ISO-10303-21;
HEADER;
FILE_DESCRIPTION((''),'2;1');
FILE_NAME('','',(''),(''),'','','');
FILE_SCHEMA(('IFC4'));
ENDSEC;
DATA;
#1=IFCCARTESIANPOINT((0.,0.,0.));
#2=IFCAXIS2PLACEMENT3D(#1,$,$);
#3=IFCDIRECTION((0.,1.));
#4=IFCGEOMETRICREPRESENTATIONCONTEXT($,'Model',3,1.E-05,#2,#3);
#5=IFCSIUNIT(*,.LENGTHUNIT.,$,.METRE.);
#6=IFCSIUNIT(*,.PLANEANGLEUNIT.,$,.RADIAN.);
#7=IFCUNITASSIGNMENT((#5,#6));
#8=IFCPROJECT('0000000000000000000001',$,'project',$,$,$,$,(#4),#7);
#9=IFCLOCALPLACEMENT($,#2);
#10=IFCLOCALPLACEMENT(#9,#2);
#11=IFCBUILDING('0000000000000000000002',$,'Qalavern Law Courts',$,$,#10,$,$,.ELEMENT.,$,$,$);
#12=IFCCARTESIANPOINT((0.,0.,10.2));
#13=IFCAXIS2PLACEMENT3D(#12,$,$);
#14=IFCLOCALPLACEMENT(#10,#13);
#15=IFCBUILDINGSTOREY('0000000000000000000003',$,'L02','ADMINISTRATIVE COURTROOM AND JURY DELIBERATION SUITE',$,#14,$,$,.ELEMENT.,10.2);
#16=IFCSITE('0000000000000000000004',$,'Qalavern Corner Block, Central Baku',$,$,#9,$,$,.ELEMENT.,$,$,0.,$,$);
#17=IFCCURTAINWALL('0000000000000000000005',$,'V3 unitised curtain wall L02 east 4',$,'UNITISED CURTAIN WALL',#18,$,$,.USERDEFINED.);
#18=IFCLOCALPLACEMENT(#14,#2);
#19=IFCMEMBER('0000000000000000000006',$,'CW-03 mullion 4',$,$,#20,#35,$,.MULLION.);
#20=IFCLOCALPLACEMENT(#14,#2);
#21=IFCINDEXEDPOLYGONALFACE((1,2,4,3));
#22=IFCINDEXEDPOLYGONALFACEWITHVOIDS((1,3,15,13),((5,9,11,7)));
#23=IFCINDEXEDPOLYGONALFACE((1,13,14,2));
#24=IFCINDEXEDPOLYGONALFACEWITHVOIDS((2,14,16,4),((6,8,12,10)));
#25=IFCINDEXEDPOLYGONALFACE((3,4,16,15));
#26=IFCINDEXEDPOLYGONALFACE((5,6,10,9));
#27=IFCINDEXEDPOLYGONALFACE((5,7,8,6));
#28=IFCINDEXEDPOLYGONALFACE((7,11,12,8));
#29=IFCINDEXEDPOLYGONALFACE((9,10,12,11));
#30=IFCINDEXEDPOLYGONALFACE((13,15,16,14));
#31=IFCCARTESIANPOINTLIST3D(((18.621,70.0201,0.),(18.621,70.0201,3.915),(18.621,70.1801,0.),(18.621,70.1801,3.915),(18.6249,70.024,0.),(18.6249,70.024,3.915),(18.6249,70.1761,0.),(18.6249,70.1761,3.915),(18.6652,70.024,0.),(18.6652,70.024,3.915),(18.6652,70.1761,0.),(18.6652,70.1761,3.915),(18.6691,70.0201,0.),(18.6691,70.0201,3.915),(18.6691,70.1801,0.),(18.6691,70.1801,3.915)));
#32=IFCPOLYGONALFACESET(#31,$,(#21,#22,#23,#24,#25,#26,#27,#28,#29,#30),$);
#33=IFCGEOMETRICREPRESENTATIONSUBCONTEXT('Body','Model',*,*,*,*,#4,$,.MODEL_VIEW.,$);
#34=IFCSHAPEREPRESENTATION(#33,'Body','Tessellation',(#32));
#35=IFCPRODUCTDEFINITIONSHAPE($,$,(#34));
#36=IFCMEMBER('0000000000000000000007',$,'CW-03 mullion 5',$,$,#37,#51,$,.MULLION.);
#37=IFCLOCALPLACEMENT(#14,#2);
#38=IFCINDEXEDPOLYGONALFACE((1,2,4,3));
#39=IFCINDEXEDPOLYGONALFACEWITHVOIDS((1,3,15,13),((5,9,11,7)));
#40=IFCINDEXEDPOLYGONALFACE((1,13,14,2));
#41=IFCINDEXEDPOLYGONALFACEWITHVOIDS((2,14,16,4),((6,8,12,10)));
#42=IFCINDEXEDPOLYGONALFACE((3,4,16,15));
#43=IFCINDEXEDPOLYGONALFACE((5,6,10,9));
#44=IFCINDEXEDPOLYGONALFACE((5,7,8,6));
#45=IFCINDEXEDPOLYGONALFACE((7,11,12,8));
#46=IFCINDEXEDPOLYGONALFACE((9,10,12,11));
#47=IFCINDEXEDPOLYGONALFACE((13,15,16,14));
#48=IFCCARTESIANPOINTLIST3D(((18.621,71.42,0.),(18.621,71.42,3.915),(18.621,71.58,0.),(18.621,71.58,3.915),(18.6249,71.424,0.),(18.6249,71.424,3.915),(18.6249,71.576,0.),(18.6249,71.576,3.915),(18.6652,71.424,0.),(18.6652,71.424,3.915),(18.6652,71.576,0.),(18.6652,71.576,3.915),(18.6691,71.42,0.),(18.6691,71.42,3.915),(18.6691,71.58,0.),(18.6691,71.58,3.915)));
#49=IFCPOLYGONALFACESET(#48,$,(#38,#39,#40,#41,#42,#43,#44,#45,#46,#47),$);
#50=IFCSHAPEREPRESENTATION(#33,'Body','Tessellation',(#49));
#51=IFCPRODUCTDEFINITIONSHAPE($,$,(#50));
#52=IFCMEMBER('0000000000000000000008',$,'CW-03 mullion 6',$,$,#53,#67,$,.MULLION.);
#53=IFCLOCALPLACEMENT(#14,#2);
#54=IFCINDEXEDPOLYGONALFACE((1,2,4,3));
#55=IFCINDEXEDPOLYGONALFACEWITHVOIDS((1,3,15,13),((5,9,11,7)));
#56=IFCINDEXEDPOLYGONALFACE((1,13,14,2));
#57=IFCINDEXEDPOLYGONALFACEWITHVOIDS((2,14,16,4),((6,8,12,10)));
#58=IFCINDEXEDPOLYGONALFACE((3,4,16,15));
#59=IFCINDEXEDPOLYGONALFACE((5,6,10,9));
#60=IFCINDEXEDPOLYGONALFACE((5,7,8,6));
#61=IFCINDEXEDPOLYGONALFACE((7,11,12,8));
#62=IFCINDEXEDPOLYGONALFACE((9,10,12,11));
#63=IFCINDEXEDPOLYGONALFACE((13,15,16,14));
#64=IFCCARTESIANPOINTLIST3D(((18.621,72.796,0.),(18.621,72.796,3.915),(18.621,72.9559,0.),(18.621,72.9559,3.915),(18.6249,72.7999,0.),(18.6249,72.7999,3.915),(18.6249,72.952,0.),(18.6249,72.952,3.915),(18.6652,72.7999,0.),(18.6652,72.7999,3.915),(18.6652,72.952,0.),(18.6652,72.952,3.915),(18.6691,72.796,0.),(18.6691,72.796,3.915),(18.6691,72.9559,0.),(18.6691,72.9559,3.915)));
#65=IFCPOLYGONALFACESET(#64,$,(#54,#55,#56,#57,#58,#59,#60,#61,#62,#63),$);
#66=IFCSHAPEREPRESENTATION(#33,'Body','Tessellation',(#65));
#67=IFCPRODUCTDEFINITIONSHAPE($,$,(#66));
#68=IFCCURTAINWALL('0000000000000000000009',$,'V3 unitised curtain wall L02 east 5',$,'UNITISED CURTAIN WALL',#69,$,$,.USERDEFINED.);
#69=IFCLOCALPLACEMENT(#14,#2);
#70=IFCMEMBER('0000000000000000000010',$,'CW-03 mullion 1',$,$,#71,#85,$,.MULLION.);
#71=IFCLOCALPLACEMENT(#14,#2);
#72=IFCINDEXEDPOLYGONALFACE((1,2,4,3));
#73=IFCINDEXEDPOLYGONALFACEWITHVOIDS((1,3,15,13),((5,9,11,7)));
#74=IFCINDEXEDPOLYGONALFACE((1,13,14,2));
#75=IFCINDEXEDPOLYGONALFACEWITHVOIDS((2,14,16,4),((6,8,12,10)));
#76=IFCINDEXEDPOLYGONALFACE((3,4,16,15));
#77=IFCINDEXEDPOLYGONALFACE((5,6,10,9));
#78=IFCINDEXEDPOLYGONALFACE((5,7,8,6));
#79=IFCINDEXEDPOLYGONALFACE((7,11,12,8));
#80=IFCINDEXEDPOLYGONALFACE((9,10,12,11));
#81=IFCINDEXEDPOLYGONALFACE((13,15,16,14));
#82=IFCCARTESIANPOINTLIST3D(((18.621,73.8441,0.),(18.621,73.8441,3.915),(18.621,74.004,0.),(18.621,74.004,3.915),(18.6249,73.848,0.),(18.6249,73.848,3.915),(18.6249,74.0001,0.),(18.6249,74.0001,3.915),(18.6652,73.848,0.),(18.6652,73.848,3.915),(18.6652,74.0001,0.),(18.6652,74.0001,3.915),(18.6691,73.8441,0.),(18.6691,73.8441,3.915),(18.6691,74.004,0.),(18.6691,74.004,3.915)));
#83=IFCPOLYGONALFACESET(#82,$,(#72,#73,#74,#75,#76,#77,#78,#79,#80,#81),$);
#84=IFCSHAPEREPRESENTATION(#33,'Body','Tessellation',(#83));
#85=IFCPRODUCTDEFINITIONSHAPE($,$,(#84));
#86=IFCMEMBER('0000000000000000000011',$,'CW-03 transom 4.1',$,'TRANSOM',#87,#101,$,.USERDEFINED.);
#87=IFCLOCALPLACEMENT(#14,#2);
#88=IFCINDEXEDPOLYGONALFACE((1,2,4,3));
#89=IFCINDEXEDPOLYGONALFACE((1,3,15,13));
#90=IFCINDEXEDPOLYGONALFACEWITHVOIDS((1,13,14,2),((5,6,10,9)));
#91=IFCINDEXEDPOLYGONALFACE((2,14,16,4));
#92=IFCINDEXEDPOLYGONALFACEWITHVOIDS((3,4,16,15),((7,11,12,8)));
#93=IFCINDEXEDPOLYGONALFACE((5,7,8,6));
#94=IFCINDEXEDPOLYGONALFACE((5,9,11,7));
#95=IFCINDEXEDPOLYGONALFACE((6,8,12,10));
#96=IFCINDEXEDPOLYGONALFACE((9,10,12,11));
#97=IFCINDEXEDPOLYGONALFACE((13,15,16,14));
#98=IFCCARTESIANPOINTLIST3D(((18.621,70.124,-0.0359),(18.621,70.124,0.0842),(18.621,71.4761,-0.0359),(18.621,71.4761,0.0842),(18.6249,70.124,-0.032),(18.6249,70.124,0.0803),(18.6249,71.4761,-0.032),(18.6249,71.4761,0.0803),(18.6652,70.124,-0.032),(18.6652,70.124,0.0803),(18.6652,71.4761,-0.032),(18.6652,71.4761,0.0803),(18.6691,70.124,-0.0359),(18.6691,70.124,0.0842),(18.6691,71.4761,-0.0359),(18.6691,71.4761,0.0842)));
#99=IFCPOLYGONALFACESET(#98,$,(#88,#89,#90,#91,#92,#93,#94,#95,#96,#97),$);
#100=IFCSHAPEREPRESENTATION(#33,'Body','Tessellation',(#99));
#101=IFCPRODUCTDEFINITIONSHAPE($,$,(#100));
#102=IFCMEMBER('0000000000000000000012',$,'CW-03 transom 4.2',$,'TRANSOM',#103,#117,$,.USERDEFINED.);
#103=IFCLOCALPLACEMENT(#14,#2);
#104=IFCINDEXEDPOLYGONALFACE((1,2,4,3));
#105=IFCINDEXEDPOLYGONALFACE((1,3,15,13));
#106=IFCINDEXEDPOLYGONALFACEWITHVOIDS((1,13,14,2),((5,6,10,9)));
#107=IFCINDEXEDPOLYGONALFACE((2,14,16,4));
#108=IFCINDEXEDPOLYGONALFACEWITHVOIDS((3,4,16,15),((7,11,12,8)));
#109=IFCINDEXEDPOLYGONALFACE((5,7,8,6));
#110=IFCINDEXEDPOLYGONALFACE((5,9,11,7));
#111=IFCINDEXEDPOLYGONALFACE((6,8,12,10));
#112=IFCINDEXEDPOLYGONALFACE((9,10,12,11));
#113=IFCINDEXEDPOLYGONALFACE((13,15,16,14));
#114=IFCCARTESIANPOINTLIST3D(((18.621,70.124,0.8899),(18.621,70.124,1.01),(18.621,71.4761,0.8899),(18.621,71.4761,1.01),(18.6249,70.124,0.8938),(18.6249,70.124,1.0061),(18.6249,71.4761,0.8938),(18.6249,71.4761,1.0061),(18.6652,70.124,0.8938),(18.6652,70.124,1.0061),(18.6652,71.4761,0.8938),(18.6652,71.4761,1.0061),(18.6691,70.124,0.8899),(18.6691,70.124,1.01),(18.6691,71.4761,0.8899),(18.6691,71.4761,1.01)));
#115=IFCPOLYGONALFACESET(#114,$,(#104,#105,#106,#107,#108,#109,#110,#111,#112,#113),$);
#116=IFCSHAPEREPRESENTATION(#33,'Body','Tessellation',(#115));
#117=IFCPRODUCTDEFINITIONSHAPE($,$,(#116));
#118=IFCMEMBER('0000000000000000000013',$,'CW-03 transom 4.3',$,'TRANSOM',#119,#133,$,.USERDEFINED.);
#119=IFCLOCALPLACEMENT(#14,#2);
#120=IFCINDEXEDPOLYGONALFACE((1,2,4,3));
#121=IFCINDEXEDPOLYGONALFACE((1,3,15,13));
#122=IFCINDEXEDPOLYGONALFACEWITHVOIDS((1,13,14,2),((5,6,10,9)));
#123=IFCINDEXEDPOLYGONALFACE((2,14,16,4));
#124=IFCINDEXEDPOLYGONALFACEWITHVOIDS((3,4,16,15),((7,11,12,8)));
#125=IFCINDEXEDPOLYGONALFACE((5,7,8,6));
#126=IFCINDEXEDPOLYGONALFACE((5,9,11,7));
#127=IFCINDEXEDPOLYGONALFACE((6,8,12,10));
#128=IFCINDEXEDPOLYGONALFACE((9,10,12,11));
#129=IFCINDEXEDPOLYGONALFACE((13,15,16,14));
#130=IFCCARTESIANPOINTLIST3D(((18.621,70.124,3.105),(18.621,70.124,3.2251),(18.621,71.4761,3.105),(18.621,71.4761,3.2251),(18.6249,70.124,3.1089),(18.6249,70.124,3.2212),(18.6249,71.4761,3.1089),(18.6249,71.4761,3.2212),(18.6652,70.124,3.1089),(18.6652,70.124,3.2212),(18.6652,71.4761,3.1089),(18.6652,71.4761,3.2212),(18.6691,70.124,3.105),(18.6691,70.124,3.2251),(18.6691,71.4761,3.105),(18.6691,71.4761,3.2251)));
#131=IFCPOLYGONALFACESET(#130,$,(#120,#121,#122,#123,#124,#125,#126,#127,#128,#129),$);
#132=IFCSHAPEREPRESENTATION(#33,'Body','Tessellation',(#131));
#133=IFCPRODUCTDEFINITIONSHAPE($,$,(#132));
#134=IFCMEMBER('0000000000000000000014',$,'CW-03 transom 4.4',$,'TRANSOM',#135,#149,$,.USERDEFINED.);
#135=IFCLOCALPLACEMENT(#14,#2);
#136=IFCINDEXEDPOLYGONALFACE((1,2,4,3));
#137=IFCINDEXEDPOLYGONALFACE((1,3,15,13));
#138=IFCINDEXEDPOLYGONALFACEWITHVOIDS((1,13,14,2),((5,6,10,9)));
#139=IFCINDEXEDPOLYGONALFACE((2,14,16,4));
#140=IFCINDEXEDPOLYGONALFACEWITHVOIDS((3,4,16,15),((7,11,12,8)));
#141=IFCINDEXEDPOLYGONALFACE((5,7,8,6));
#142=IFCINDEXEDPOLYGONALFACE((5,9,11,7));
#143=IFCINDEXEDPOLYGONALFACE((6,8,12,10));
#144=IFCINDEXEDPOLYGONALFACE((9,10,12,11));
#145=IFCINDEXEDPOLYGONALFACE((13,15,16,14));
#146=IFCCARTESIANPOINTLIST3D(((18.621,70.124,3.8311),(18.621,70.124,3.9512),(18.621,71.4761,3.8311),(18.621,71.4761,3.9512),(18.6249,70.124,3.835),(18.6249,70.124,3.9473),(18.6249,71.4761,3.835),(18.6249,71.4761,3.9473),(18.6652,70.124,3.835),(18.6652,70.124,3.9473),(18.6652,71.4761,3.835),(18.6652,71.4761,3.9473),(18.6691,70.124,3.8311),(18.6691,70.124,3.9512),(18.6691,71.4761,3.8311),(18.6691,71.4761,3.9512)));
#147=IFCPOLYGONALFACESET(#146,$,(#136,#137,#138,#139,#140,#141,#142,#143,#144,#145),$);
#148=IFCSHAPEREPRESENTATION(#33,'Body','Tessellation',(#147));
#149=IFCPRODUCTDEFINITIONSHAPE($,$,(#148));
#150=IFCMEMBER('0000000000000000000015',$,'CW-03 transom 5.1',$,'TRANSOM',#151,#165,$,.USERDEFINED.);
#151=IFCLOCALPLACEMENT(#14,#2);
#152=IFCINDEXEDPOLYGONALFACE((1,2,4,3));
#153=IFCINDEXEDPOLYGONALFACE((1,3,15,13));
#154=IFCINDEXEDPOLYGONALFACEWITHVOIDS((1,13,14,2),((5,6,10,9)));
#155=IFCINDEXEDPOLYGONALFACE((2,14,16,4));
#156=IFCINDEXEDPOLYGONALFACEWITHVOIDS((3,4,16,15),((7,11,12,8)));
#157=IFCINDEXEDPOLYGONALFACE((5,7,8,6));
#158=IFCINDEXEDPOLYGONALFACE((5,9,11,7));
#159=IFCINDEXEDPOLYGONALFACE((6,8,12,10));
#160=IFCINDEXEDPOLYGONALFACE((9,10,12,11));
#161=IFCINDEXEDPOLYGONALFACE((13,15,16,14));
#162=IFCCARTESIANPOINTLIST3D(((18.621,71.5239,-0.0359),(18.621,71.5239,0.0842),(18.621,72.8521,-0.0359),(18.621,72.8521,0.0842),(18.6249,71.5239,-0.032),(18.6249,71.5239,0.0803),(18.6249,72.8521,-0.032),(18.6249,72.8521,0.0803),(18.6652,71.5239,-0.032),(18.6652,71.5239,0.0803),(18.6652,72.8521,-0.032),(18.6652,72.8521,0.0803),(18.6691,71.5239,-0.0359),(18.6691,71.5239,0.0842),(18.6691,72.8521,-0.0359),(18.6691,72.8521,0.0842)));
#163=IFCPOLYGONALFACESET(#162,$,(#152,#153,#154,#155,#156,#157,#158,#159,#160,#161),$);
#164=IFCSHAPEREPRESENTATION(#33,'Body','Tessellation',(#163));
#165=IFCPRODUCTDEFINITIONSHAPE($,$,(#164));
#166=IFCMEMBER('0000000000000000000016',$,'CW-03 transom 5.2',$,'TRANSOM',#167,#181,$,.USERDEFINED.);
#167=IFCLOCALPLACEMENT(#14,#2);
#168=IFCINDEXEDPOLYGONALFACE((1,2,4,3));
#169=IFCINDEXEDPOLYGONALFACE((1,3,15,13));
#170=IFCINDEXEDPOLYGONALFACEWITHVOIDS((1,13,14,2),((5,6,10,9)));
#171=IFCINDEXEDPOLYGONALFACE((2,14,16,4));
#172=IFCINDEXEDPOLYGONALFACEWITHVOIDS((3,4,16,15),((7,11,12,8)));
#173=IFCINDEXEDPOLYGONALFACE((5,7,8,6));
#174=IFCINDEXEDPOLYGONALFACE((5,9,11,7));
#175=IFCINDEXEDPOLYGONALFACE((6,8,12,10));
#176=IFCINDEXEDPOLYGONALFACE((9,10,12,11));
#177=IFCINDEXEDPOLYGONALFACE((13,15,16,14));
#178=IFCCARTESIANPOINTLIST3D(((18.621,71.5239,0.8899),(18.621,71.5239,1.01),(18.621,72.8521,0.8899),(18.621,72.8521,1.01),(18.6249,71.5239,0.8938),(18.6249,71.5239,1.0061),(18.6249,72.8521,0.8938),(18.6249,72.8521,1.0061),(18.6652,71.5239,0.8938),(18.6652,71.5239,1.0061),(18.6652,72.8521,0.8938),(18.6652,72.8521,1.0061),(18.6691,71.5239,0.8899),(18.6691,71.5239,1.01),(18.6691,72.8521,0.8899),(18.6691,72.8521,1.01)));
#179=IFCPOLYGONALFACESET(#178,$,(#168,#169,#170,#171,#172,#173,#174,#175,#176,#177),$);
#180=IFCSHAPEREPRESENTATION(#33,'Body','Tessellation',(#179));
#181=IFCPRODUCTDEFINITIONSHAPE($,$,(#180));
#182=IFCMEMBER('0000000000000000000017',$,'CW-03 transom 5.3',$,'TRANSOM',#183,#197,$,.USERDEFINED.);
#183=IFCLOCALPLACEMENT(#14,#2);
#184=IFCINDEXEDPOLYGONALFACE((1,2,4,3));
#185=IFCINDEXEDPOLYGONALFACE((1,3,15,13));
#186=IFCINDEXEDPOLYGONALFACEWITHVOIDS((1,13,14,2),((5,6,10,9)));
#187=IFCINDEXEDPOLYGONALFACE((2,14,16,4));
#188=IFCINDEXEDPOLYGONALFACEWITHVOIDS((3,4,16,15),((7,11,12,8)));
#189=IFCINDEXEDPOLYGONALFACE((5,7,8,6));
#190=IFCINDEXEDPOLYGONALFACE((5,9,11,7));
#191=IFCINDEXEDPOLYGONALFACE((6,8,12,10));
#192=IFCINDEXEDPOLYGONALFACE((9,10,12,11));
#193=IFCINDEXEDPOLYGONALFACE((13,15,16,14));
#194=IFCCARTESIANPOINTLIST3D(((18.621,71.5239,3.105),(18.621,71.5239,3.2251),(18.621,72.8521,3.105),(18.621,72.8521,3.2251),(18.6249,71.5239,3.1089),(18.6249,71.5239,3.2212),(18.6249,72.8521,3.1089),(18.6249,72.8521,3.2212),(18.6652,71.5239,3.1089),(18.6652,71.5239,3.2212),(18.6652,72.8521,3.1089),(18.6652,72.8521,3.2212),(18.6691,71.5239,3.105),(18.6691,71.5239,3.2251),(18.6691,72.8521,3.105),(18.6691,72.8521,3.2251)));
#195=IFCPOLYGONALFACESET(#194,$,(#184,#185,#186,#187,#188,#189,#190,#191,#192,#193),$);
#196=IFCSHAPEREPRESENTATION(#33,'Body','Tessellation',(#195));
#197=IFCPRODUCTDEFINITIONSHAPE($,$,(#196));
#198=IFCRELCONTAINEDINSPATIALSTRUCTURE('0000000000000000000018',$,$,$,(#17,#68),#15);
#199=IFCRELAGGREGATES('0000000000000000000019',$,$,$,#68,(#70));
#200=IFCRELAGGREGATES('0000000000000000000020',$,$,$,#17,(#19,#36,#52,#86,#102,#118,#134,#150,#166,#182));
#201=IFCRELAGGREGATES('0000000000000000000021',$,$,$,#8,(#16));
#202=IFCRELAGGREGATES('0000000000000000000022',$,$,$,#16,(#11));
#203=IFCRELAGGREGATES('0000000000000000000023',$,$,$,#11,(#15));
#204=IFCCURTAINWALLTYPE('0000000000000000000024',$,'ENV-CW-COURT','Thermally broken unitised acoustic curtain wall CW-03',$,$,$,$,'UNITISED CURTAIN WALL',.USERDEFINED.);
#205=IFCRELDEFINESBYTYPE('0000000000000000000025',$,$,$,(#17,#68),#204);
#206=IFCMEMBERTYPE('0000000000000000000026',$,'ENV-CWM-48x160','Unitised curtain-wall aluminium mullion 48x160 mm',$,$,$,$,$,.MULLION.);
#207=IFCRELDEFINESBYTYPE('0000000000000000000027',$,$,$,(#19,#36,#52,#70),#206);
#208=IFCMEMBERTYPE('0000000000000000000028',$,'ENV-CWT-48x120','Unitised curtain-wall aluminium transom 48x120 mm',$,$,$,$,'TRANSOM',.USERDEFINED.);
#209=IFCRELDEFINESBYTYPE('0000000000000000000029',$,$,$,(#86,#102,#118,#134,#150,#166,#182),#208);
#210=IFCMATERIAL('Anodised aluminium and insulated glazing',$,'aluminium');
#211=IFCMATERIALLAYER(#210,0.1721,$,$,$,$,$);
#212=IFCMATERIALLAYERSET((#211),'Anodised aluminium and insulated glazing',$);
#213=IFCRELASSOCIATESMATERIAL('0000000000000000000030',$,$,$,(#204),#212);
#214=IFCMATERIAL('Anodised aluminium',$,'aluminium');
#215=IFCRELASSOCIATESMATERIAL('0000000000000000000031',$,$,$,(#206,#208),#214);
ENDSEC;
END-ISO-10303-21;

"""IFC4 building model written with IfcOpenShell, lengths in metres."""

from ifc_helpers import new_model, si_unit, direction, frame, origin, origin_2d, place, context, subcontext, project, spatial, hollow_rectangle, extrude, material, layer, layer_set, material_profile, profile_set, type_object, element, aggregate, save


model = new_model("IFC4")

# Units and contexts
model_context = context("Model", 3, precision=1e-05, world=origin(), true_north=direction((0.0, 1.0)))
body_context = subcontext(model_context, "Body", "Model", "MODEL_VIEW")
ifc_project = project(units=[si_unit("LENGTHUNIT", "METRE"), si_unit("PLANEANGLEUNIT", "RADIAN")], contexts=[model_context])

# Site, building, storey
site_placement = place(None, origin())
site = spatial("IfcSite", under=ifc_project, at=site_placement, Name="Qalavern Corner Block, Central Baku", CompositionType="ELEMENT", RefElevation=0.0)
building_placement = place(site_placement, origin())
building = spatial("IfcBuilding", under=site, at=building_placement, Name="Qalavern Law Courts", CompositionType="ELEMENT")
storey_placement = place(building_placement, frame((0.0, 0.0, 10.2)))
storey = spatial("IfcBuildingStorey", under=building, at=storey_placement, Name="L02", Description="ADMINISTRATIVE COURTROOM AND JURY DELIBERATION SUITE", CompositionType="ELEMENT", Elevation=10.2)

# Curtain wall, members
ifc_material_1 = material(Name="Anodised aluminium and insulated glazing", Category="aluminium")
ifc_layer_1 = layer(ifc_material_1, 0.1721)
ifc_layer_set_1 = layer_set([ifc_layer_1], Name="Anodised aluminium and insulated glazing")
curtain_wall_type = type_object("IfcCurtainWallType", Name="ENV-CW-COURT", Description="Thermally broken unitised acoustic curtain wall CW-03", ElementType="UNITISED CURTAIN WALL", PredefinedType="USERDEFINED", material=ifc_layer_set_1)
curtain_wall_1_placement = place(storey_placement, origin())
curtain_wall_1 = element("IfcCurtainWall", 1, at=curtain_wall_1_placement, inside=storey, type_object=curtain_wall_type, Name="V3 unitised curtain wall L02 east 4", ObjectType="UNITISED CURTAIN WALL", PredefinedType="USERDEFINED")
ifc_material_2 = material(Name="Anodised aluminium", Category="aluminium")
ifc_material_profile_1 = material_profile(ifc_material_2, hollow_rectangle(XDim=0.0481, YDim=0.1599, WallThickness=0.0039, at=origin_2d()), Name="ALU MULLION 48x160")
ifc_profile_set_1 = profile_set([ifc_material_profile_1], Name="Anodised aluminium")
member_type_1 = type_object("IfcMemberType", Name="ENV-CWM-48x160", Description="Unitised curtain-wall aluminium mullion 48x160 mm", PredefinedType="MULLION", material=ifc_profile_set_1)
member_1_placement = place(storey_placement, frame((18.645, 70.1001, 0.0), z_axis=(0.0, 0.0, 1.0), x_axis=(-1.0, 0.0, 0.0)))
member_1 = element("IfcMember", 2, at=member_1_placement, type_object=member_type_1, Name="CW-03 mullion 4", PredefinedType="MULLION", context=body_context, shape_type="SweptSolid", body=[
    extrude(hollow_rectangle(XDim=0.0481, YDim=0.1599, WallThickness=0.0039, at=origin_2d()), origin(), (0.0, 0.0, 1.0), 3.915),
])
member_2_placement = place(storey_placement, frame((18.645, 71.5, 0.0), z_axis=(0.0, 0.0, 1.0), x_axis=(-1.0, 0.0, 0.0)))
member_2 = element("IfcMember", 3, at=member_2_placement, type_object=member_type_1, Name="CW-03 mullion 5", PredefinedType="MULLION", context=body_context, shape_type="SweptSolid", body=[
    extrude(hollow_rectangle(XDim=0.0481, YDim=0.1599, WallThickness=0.0039, at=origin_2d()), origin(), (0.0, 0.0, 1.0), 3.915),
])
member_3_placement = place(storey_placement, frame((18.645, 72.876, 0.0), z_axis=(0.0, 0.0, 1.0), x_axis=(-1.0, 0.0, 0.0)))
member_3 = element("IfcMember", 4, at=member_3_placement, type_object=member_type_1, Name="CW-03 mullion 6", PredefinedType="MULLION", context=body_context, shape_type="SweptSolid", body=[
    extrude(hollow_rectangle(XDim=0.0481, YDim=0.1599, WallThickness=0.0039, at=origin_2d()), origin(), (0.0, 0.0, 1.0), 3.915),
])

# Curtain wall, member
curtain_wall_2_placement = place(storey_placement, origin())
curtain_wall_2 = element("IfcCurtainWall", 5, at=curtain_wall_2_placement, inside=storey, type_object=curtain_wall_type, Name="V3 unitised curtain wall L02 east 5", ObjectType="UNITISED CURTAIN WALL", PredefinedType="USERDEFINED")
member_4_placement = place(storey_placement, frame((18.645, 73.9241, 0.0), z_axis=(0.0, 0.0, 1.0), x_axis=(-1.0, 0.0, 0.0)))
member_4 = element("IfcMember", 6, at=member_4_placement, type_object=member_type_1, Name="CW-03 mullion 1", PredefinedType="MULLION", context=body_context, shape_type="SweptSolid", body=[
    extrude(hollow_rectangle(XDim=0.0481, YDim=0.1599, WallThickness=0.0039, at=origin_2d()), origin(), (0.0, 0.0, 1.0), 3.915),
])

# Members
ifc_material_profile_2 = material_profile(ifc_material_2, hollow_rectangle(XDim=0.0481, YDim=0.1201, WallThickness=0.0039, at=origin_2d()), Name="ALU TRANSOM 48x120")
ifc_profile_set_2 = profile_set([ifc_material_profile_2], Name="Anodised aluminium")
member_type_2 = type_object("IfcMemberType", Name="ENV-CWT-48x120", Description="Unitised curtain-wall aluminium transom 48x120 mm", ElementType="TRANSOM", PredefinedType="USERDEFINED", material=ifc_profile_set_2)
member_5_placement = place(storey_placement, frame((18.645, 70.124, 0.0242), z_axis=(0.0, 1.0, 0.0), x_axis=(-1.0, 0.0, 0.0)))
member_5 = element("IfcMember", 7, at=member_5_placement, type_object=member_type_2, Name="CW-03 transom 4.1", ObjectType="TRANSOM", PredefinedType="USERDEFINED", context=body_context, shape_type="SweptSolid", body=[
    extrude(hollow_rectangle(XDim=0.0481, YDim=0.1201, WallThickness=0.0039, at=origin_2d()), origin(), (0.0, 0.0, 1.0), 1.3521),
])
member_6_placement = place(storey_placement, frame((18.645, 70.124, 0.95), z_axis=(0.0, 1.0, 0.0), x_axis=(-1.0, 0.0, 0.0)))
member_6 = element("IfcMember", 8, at=member_6_placement, type_object=member_type_2, Name="CW-03 transom 4.2", ObjectType="TRANSOM", PredefinedType="USERDEFINED", context=body_context, shape_type="SweptSolid", body=[
    extrude(hollow_rectangle(XDim=0.0481, YDim=0.1201, WallThickness=0.0039, at=origin_2d()), origin(), (0.0, 0.0, 1.0), 1.3521),
])
member_7_placement = place(storey_placement, frame((18.645, 70.124, 3.165), z_axis=(0.0, 1.0, 0.0), x_axis=(-1.0, 0.0, 0.0)))
member_7 = element("IfcMember", 9, at=member_7_placement, type_object=member_type_2, Name="CW-03 transom 4.3", ObjectType="TRANSOM", PredefinedType="USERDEFINED", context=body_context, shape_type="SweptSolid", body=[
    extrude(hollow_rectangle(XDim=0.0481, YDim=0.1201, WallThickness=0.0039, at=origin_2d()), origin(), (0.0, 0.0, 1.0), 1.3521),
])
member_8_placement = place(storey_placement, frame((18.645, 70.124, 3.8911), z_axis=(0.0, 1.0, 0.0), x_axis=(-1.0, 0.0, 0.0)))
member_8 = element("IfcMember", 10, at=member_8_placement, type_object=member_type_2, Name="CW-03 transom 4.4", ObjectType="TRANSOM", PredefinedType="USERDEFINED", context=body_context, shape_type="SweptSolid", body=[
    extrude(hollow_rectangle(XDim=0.0481, YDim=0.1201, WallThickness=0.0039, at=origin_2d()), origin(), (0.0, 0.0, 1.0), 1.3521),
])
member_9_placement = place(storey_placement, frame((18.645, 71.5239, 0.0242), z_axis=(0.0, 1.0, 0.0), x_axis=(-1.0, 0.0, 0.0)))
member_9 = element("IfcMember", 11, at=member_9_placement, type_object=member_type_2, Name="CW-03 transom 5.1", ObjectType="TRANSOM", PredefinedType="USERDEFINED", context=body_context, shape_type="SweptSolid", body=[
    extrude(hollow_rectangle(XDim=0.0481, YDim=0.1201, WallThickness=0.0039, at=origin_2d()), origin(), (0.0, 0.0, 1.0), 1.3281),
])
member_10_placement = place(storey_placement, frame((18.645, 71.5239, 0.95), z_axis=(0.0, 1.0, 0.0), x_axis=(-1.0, 0.0, 0.0)))
member_10 = element("IfcMember", 12, at=member_10_placement, type_object=member_type_2, Name="CW-03 transom 5.2", ObjectType="TRANSOM", PredefinedType="USERDEFINED", context=body_context, shape_type="SweptSolid", body=[
    extrude(hollow_rectangle(XDim=0.0481, YDim=0.1201, WallThickness=0.0039, at=origin_2d()), origin(), (0.0, 0.0, 1.0), 1.3281),
])
member_11_placement = place(storey_placement, frame((18.645, 71.5239, 3.165), z_axis=(0.0, 1.0, 0.0), x_axis=(-1.0, 0.0, 0.0)))
member_11 = element("IfcMember", 13, at=member_11_placement, type_object=member_type_2, Name="CW-03 transom 5.3", ObjectType="TRANSOM", PredefinedType="USERDEFINED", context=body_context, shape_type="SweptSolid", body=[
    extrude(hollow_rectangle(XDim=0.0481, YDim=0.1201, WallThickness=0.0039, at=origin_2d()), origin(), (0.0, 0.0, 1.0), 1.3281),
])
aggregate(curtain_wall_2, [member_4])

aggregate(curtain_wall_1, [member_1, member_2, member_3, member_5, member_6, member_7, member_8, member_9, member_10, member_11])

save(model, "model.ifc")
